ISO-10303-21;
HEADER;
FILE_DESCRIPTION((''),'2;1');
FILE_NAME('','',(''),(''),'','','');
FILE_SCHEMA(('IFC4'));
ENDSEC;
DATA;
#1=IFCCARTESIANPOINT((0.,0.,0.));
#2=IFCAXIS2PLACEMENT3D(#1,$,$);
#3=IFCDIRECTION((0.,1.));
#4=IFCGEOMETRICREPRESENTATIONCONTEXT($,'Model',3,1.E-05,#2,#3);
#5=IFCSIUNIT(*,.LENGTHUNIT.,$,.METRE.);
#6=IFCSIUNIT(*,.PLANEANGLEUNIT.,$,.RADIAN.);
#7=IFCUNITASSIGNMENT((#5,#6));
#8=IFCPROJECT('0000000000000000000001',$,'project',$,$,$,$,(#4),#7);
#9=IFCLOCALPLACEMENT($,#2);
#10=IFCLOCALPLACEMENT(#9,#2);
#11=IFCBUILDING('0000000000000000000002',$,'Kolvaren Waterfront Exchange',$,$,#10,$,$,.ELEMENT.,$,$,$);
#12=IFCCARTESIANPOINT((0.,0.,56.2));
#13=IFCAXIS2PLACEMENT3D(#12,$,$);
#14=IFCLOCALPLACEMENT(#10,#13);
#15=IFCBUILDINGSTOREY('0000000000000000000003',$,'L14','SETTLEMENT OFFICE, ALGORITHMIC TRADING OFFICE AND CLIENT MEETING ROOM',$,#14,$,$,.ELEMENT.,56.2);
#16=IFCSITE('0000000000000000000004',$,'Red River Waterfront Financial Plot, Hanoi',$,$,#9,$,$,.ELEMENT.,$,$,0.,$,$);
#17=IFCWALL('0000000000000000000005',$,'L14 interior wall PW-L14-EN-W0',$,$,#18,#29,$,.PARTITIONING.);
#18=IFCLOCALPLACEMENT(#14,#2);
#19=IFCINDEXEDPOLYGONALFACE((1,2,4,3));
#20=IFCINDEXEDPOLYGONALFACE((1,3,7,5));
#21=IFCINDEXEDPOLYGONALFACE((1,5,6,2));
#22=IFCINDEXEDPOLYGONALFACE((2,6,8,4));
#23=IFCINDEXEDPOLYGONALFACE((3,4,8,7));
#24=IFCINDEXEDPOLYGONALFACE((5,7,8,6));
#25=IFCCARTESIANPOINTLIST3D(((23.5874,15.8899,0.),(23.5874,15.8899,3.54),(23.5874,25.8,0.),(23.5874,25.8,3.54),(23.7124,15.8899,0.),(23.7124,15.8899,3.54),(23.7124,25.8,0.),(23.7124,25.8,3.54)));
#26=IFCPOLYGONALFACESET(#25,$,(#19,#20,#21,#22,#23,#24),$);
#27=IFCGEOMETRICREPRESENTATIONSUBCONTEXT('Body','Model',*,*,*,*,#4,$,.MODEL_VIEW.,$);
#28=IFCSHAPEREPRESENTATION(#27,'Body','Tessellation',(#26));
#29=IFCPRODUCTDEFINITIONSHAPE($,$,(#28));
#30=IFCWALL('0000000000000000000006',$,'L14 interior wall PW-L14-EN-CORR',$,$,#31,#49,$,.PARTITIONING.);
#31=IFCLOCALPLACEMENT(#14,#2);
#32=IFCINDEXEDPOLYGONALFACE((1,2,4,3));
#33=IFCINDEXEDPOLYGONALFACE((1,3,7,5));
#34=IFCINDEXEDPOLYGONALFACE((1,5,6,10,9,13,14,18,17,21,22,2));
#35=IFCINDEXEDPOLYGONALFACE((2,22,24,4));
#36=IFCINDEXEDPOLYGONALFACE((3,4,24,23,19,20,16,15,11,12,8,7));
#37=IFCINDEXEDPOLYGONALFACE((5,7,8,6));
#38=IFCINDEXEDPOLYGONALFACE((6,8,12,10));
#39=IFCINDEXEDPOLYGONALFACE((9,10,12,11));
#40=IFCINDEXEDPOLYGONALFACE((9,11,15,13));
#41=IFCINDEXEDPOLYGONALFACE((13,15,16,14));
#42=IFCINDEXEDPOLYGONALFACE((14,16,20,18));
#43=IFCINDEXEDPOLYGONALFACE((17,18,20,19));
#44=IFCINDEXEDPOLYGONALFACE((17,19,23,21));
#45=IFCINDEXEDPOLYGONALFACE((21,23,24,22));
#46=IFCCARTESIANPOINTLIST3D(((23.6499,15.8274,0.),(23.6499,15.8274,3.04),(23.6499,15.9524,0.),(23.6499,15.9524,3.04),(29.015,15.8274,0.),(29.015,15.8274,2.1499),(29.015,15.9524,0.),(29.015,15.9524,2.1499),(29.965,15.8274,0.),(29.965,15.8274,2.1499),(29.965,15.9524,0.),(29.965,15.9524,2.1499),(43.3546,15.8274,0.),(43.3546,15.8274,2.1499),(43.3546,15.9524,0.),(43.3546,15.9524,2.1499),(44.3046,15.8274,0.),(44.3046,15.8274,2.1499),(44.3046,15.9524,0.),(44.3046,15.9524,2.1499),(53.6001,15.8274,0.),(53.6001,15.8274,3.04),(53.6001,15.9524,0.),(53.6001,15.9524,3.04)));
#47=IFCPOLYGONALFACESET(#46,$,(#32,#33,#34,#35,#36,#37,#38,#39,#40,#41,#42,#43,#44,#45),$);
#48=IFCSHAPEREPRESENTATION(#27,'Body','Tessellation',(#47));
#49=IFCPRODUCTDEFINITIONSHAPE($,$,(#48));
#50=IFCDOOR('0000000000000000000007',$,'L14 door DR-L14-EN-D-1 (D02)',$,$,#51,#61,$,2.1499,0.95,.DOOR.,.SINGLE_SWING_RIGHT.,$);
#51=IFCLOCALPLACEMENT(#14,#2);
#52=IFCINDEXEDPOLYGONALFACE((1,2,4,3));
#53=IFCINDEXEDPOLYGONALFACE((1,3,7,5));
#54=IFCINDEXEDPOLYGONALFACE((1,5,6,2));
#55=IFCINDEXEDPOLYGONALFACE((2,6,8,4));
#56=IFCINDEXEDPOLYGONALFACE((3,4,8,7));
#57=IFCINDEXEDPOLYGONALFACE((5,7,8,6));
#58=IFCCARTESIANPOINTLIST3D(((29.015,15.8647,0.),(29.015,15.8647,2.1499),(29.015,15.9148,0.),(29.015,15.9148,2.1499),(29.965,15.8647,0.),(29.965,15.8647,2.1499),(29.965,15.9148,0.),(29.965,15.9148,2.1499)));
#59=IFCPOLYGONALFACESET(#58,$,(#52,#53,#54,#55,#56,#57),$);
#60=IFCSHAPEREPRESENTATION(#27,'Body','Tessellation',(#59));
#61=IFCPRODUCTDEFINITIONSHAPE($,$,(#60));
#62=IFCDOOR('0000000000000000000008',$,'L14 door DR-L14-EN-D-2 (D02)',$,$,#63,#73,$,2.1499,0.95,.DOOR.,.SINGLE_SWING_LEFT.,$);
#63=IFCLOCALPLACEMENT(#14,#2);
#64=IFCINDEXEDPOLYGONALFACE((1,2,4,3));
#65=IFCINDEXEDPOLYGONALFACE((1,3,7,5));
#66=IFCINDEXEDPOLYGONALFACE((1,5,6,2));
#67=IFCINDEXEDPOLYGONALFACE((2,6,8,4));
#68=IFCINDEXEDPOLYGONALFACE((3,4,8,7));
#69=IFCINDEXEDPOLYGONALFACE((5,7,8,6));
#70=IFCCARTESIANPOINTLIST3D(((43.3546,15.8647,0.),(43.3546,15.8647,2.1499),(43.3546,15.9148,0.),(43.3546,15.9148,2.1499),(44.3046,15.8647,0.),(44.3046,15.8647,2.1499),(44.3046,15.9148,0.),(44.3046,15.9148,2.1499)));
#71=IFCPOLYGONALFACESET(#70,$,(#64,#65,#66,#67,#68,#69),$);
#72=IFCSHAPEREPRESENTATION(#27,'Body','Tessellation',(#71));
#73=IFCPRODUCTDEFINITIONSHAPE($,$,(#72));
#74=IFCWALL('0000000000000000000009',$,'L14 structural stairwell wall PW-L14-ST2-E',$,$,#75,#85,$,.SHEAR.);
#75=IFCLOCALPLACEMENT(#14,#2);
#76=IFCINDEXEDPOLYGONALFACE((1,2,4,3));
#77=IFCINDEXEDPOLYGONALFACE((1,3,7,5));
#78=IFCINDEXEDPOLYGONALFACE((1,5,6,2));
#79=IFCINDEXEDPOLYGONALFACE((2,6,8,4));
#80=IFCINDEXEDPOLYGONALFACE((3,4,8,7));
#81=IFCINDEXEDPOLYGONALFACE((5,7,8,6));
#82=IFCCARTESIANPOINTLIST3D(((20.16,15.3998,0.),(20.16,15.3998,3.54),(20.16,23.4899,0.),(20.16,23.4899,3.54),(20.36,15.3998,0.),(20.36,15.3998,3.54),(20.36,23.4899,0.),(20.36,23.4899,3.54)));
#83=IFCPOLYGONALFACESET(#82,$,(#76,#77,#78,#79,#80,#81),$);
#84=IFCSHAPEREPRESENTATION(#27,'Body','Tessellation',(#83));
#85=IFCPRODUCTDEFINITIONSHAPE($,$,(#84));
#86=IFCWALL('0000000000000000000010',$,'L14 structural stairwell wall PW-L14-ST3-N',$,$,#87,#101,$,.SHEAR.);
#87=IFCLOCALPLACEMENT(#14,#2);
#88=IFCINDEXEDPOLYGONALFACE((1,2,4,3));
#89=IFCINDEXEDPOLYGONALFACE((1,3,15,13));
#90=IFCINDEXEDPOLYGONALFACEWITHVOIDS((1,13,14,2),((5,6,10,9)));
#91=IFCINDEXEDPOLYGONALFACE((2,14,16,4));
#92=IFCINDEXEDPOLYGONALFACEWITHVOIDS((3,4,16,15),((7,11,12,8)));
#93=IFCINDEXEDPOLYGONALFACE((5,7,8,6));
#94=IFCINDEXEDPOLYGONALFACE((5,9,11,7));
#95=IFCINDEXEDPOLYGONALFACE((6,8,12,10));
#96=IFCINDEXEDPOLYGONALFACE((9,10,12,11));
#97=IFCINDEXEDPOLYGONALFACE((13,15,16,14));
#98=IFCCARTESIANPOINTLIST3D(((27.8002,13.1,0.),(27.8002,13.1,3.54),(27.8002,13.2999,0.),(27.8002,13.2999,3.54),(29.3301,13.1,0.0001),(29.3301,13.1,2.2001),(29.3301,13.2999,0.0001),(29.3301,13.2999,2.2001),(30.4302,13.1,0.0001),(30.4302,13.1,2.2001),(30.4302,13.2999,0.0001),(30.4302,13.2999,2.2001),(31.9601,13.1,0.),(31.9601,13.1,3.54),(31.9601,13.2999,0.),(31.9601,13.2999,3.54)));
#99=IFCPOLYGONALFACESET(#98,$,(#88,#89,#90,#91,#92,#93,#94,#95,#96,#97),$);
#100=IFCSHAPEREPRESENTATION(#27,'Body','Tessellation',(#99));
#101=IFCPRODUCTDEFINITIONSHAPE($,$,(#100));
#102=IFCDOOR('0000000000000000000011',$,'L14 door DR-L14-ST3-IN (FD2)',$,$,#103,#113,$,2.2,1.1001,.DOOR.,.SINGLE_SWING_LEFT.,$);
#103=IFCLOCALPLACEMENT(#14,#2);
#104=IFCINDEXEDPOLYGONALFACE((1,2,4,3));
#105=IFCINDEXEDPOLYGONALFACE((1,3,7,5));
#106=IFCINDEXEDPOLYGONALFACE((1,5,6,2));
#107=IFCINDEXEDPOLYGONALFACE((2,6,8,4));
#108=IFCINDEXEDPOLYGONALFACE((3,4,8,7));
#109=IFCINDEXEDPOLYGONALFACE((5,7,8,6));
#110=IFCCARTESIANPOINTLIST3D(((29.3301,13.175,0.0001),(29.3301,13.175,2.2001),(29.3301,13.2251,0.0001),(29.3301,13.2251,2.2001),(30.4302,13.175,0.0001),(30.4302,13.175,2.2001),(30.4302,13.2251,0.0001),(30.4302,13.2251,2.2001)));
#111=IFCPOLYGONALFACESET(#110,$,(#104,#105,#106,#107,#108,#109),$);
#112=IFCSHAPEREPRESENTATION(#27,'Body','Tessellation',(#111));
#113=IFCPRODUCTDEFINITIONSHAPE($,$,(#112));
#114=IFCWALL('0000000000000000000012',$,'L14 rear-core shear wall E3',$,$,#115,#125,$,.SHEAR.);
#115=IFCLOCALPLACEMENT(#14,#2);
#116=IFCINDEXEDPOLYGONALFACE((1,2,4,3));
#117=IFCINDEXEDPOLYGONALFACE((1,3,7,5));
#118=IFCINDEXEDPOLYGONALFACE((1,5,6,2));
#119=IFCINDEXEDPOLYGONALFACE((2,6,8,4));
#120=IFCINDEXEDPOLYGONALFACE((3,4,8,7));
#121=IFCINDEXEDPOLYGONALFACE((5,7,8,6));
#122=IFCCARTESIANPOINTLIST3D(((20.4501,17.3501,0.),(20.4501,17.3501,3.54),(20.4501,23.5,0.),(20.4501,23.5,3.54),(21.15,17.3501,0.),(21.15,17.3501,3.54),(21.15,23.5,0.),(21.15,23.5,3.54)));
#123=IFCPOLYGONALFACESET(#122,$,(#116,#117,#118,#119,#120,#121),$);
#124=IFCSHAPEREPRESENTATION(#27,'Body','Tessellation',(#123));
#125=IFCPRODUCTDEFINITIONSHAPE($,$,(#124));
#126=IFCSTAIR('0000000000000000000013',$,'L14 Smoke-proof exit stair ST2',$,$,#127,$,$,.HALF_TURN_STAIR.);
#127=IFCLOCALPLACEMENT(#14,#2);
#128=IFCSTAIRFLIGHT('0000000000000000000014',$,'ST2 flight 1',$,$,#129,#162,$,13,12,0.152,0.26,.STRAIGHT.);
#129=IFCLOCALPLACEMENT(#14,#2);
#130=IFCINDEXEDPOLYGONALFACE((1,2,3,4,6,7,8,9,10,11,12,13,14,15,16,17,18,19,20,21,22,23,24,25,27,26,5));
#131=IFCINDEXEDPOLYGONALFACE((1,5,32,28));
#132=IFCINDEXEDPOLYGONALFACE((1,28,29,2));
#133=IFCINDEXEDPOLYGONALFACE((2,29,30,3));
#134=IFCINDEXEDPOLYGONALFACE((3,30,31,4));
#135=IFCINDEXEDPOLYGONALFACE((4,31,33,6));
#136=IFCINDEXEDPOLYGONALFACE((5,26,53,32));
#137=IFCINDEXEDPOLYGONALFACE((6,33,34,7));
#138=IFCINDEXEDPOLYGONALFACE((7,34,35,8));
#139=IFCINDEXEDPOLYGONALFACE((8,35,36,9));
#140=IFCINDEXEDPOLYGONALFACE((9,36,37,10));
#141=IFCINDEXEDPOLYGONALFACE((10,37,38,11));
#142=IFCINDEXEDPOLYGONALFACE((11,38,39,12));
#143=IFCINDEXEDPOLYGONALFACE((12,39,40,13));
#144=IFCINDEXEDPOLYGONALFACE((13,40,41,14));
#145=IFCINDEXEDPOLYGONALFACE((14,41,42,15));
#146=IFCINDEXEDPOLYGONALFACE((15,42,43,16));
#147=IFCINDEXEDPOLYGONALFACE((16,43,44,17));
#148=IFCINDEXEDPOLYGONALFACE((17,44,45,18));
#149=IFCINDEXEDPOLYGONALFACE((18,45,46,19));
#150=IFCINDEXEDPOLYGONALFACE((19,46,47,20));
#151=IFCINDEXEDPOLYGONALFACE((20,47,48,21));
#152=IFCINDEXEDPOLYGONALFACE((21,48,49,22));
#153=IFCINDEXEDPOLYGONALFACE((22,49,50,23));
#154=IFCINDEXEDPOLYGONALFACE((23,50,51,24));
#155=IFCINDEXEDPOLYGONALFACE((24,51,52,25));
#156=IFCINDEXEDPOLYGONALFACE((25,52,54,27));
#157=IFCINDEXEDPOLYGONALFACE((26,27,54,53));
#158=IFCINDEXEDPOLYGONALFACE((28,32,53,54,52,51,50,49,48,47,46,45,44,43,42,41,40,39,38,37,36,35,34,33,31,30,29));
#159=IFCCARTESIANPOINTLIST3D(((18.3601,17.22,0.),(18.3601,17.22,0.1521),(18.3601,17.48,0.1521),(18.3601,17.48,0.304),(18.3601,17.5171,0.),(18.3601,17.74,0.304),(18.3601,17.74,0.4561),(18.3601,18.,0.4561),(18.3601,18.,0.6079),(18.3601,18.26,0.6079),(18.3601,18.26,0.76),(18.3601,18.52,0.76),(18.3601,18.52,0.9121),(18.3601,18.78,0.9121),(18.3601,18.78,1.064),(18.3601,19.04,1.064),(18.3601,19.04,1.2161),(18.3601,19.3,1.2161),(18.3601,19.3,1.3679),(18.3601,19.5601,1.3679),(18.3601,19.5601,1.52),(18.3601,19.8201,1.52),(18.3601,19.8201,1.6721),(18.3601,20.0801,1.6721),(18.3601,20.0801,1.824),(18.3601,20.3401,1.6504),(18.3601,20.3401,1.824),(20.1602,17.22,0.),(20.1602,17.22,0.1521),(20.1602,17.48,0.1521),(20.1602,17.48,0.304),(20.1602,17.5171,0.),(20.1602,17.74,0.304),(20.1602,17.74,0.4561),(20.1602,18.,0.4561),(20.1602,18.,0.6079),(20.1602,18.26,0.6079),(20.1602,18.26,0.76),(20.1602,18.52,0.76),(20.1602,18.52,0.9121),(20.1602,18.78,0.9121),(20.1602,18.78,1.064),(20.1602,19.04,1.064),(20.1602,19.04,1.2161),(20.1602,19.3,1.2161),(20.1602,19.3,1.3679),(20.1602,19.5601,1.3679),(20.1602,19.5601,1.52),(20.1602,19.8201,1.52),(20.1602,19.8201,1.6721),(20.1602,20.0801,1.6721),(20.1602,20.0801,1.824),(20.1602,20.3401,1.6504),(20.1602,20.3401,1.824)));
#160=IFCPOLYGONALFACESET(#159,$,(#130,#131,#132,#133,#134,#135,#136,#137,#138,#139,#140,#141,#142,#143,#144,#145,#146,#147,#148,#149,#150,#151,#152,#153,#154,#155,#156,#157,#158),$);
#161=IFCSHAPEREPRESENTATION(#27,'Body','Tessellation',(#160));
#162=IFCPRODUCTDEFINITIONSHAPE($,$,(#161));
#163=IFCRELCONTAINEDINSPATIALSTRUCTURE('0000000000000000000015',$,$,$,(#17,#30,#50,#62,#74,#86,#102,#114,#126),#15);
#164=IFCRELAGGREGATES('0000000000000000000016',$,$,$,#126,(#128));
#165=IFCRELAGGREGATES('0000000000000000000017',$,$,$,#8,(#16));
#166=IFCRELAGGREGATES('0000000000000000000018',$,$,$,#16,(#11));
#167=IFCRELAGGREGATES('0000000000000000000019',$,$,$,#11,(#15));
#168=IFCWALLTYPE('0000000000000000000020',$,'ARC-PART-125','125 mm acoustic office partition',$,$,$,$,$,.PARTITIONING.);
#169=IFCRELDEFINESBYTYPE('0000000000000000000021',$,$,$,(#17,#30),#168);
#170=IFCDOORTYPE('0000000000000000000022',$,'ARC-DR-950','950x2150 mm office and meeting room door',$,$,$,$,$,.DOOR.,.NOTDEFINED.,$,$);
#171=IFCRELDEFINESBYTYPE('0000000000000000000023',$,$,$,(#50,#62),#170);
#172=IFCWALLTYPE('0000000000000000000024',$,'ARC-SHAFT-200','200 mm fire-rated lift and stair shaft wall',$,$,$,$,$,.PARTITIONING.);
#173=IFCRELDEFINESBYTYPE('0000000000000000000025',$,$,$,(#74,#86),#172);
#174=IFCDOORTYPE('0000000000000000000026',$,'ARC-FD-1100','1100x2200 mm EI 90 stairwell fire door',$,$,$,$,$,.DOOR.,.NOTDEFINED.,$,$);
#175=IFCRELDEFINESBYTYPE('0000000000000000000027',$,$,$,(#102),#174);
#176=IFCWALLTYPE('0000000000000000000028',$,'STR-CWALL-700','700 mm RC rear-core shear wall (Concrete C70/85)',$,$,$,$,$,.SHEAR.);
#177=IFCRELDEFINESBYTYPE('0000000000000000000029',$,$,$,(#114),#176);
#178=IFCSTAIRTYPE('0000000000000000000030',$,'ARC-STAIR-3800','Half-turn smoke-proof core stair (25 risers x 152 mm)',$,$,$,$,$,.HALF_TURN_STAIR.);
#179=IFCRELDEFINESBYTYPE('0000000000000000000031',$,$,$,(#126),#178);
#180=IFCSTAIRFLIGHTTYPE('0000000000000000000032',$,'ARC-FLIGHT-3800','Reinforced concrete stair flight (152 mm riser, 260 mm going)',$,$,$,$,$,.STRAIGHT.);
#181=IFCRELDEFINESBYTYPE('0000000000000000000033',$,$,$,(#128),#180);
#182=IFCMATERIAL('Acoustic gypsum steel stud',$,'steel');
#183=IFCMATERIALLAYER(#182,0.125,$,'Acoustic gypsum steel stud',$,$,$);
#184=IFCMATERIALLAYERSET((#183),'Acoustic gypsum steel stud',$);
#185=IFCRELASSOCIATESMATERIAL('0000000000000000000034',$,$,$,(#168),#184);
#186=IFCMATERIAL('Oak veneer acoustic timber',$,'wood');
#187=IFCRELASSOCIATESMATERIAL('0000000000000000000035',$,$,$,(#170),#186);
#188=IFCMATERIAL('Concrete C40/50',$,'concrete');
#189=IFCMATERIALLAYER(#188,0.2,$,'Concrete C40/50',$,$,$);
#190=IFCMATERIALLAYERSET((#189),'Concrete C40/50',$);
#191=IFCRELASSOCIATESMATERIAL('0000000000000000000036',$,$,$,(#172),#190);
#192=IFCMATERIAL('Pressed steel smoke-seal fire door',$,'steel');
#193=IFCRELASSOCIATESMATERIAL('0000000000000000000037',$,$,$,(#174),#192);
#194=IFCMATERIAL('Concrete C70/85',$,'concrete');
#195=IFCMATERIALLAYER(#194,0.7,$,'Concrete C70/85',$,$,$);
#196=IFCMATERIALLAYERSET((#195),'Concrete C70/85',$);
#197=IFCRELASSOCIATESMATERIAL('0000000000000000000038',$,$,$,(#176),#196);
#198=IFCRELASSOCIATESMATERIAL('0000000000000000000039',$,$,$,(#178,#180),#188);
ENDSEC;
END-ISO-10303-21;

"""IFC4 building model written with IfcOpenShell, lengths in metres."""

from ifc_helpers import new_model, si_unit, direction, frame, frame_2d, origin, place, context, subcontext, project, spatial, polyline, rectangle, outline, extrude, material, layer, layer_set, type_object, element, fill, aggregate, save


model = new_model("IFC4")

# Units and contexts
model_context = context("Model", 3, precision=1e-05, world=origin(), true_north=direction((0.0, 1.0)))
body_context = subcontext(model_context, "Body", "Model", "MODEL_VIEW")
ifc_project = project(units=[si_unit("LENGTHUNIT", "METRE"), si_unit("PLANEANGLEUNIT", "RADIAN")], contexts=[model_context])

# Site, building, storey
site_placement = place(None, origin())
site = spatial("IfcSite", under=ifc_project, at=site_placement, Name="Red River Waterfront Financial Plot, Hanoi", CompositionType="ELEMENT", RefElevation=0.0)
building_placement = place(site_placement, origin())
building = spatial("IfcBuilding", under=site, at=building_placement, Name="Kolvaren Waterfront Exchange", CompositionType="ELEMENT")
storey_placement = place(building_placement, frame((0.0, 0.0, 56.2)))
storey = spatial("IfcBuildingStorey", under=building, at=storey_placement, Name="L14", Description="SETTLEMENT OFFICE, ALGORITHMIC TRADING OFFICE AND CLIENT MEETING ROOM", CompositionType="ELEMENT", Elevation=56.2)

# Shared definitions
ifc_material_1 = material(Name="Concrete C70/85", Category="concrete")

# Shared definitions
ifc_material_2 = material(Name="Acoustic gypsum steel stud", Category="steel")
ifc_layer_1 = layer(ifc_material_2, 0.125, Name="Acoustic gypsum steel stud")
ifc_layer_set_1 = layer_set([ifc_layer_1], Name="Acoustic gypsum steel stud")
wall_type_1 = type_object("IfcWallType", Name="ARC-PART-125", Description="125 mm acoustic office partition", PredefinedType="PARTITIONING", material=ifc_layer_set_1)
ifc_material_3 = material(Name="Oak veneer acoustic timber", Category="wood")
door_type_1 = type_object("IfcDoorType", Name="ARC-DR-950", Description="950x2150 mm office and meeting room door", OperationType="NOTDEFINED", PredefinedType="DOOR", material=ifc_material_3)

# Wall
wall_1_placement = place(storey_placement, frame((23.6499, 15.8899, 0.0), z_axis=(0.0, 0.0, 1.0), x_axis=(0.0, 1.0, 0.0)))
element("IfcWall", 1, at=wall_1_placement, inside=storey, type_object=wall_type_1, Name="L14 interior wall PW-L14-EN-W0", PredefinedType="PARTITIONING", context=body_context, shape_type="SweptSolid", body=[
    extrude(rectangle(XDim=9.9102, YDim=0.125, at=frame_2d((4.9551, 0.0))), origin(), (0.0, 0.0, 1.0), 3.54),
])

# Wall, openings, doors
wall_2_placement = place(storey_placement, frame((23.6499, 15.8899, 0.0), z_axis=(0.0, 0.0, 1.0), x_axis=(1.0, 0.0, 0.0)))
wall_2 = element("IfcWall", 2, at=wall_2_placement, inside=storey, type_object=wall_type_1, Name="L14 interior wall PW-L14-EN-CORR", PredefinedType="PARTITIONING", context=body_context, shape_type="SweptSolid", body=[
    extrude(rectangle(XDim=29.9502, YDim=0.125, at=frame_2d((14.9751, 0.0))), origin(), (0.0, 0.0, 1.0), 3.04),
])
opening_1_placement = place(wall_2_placement, frame((5.365, 0.0, 0.0)))
opening_1 = element("IfcOpeningElement", 3, at=opening_1_placement, cuts=wall_2, PredefinedType="OPENING", context=body_context, shape_type="SweptSolid", body=[
    extrude(rectangle(XDim=0.95, YDim=2.1499, at=frame_2d((0.4751, 1.075))), frame((0.0, 0.0725, 0.0), z_axis=(0.0, -1.0, 0.0), x_axis=(1.0, 0.0, 0.0)), (0.0, 0.0, 1.0), 0.145),
])
opening_2_placement = place(wall_2_placement, frame((19.7046, 0.0, 0.0)))
opening_2 = element("IfcOpeningElement", 4, at=opening_2_placement, cuts=wall_2, PredefinedType="OPENING", context=body_context, shape_type="SweptSolid", body=[
    extrude(rectangle(XDim=0.95, YDim=2.1499, at=frame_2d((0.4751, 1.075))), frame((0.0, 0.0725, 0.0), z_axis=(0.0, -1.0, 0.0), x_axis=(1.0, 0.0, 0.0)), (0.0, 0.0, 1.0), 0.145),
])
door_1_placement = place(opening_1_placement, origin())
door_1 = element("IfcDoor", 5, at=door_1_placement, inside=storey, type_object=door_type_1, Name="L14 door DR-L14-EN-D-1 (D02)", OperationType="SINGLE_SWING_RIGHT", OverallHeight=2.1499, OverallWidth=0.95, PredefinedType="DOOR", context=body_context, shape_type="SweptSolid", body=[
    extrude(rectangle(XDim=0.95, YDim=2.1499, at=frame_2d((0.4751, 1.075))), frame((0.0, 0.0249, 0.0), z_axis=(0.0, -1.0, 0.0), x_axis=(1.0, 0.0, 0.0)), (0.0, 0.0, 1.0), 0.05),
])
fill(opening_1, door_1)
door_2_placement = place(opening_2_placement, origin())
door_2 = element("IfcDoor", 6, at=door_2_placement, inside=storey, type_object=door_type_1, Name="L14 door DR-L14-EN-D-2 (D02)", OperationType="SINGLE_SWING_LEFT", OverallHeight=2.1499, OverallWidth=0.95, PredefinedType="DOOR", context=body_context, shape_type="SweptSolid", body=[
    extrude(rectangle(XDim=0.95, YDim=2.1499, at=frame_2d((0.4751, 1.075))), frame((0.0, 0.0249, 0.0), z_axis=(0.0, -1.0, 0.0), x_axis=(1.0, 0.0, 0.0)), (0.0, 0.0, 1.0), 0.05),
])
fill(opening_2, door_2)

# Wall
ifc_material_4 = material(Name="Concrete C40/50", Category="concrete")
ifc_layer_2 = layer(ifc_material_4, 0.2, Name="Concrete C40/50")
ifc_layer_set_2 = layer_set([ifc_layer_2], Name="Concrete C40/50")
wall_type_2 = type_object("IfcWallType", Name="ARC-SHAFT-200", Description="200 mm fire-rated lift and stair shaft wall", PredefinedType="PARTITIONING", material=ifc_layer_set_2)
wall_3_placement = place(storey_placement, frame((20.26, 15.3999, 0.0), z_axis=(0.0, 0.0, 1.0), x_axis=(0.0, 1.0, 0.0)))
element("IfcWall", 7, at=wall_3_placement, inside=storey, type_object=wall_type_2, Name="L14 structural stairwell wall PW-L14-ST2-E", PredefinedType="SHEAR", context=body_context, shape_type="SweptSolid", body=[
    extrude(rectangle(XDim=8.0901, YDim=0.2, at=frame_2d((4.0449, 0.0))), origin(), (0.0, 0.0, 1.0), 3.54),
])

# Wall, opening, door
wall_4_placement = place(storey_placement, frame((27.8, 13.2, 0.0), z_axis=(0.0, 0.0, 1.0), x_axis=(1.0, 0.0, 0.0)))
wall_4 = element("IfcWall", 8, at=wall_4_placement, inside=storey, type_object=wall_type_2, Name="L14 structural stairwell wall PW-L14-ST3-N", PredefinedType="SHEAR", context=body_context, shape_type="SweptSolid", body=[
    extrude(rectangle(XDim=4.1599, YDim=0.2, at=frame_2d((2.0801, 0.0))), origin(), (0.0, 0.0, 1.0), 3.54),
])
opening_3_placement = place(wall_4_placement, frame((1.53, 0.0, 0.0)))
opening_3 = element("IfcOpeningElement", 9, at=opening_3_placement, cuts=wall_4, PredefinedType="OPENING", context=body_context, shape_type="SweptSolid", body=[
    extrude(rectangle(XDim=1.1001, YDim=2.2, at=frame_2d((0.55, 1.1001))), frame((0.0, 0.1099, 0.0), z_axis=(0.0, -1.0, 0.0), x_axis=(1.0, 0.0, 0.0)), (0.0, 0.0, 1.0), 0.22),
])
ifc_material_5 = material(Name="Pressed steel smoke-seal fire door", Category="steel")
door_type_2 = type_object("IfcDoorType", Name="ARC-FD-1100", Description="1100x2200 mm EI 90 stairwell fire door", OperationType="NOTDEFINED", PredefinedType="DOOR", material=ifc_material_5)
door_3_placement = place(opening_3_placement, frame((1.1001, 0.0, 0.0), z_axis=(0.0, 0.0, 1.0), x_axis=(-1.0, 0.0, 0.0)))
door_3 = element("IfcDoor", 10, at=door_3_placement, inside=storey, type_object=door_type_2, Name="L14 door DR-L14-ST3-IN (FD2)", OperationType="SINGLE_SWING_LEFT", OverallHeight=2.2, OverallWidth=1.1001, PredefinedType="DOOR", context=body_context, shape_type="SweptSolid", body=[
    extrude(rectangle(XDim=1.1001, YDim=2.2, at=frame_2d((0.55, 1.1001))), frame((0.0, 0.0249, 0.0), z_axis=(0.0, -1.0, 0.0), x_axis=(1.0, 0.0, 0.0)), (0.0, 0.0, 1.0), 0.05),
])
fill(opening_3, door_3)

# Wall
ifc_layer_3 = layer(ifc_material_1, 0.7, Name="Concrete C70/85")
ifc_layer_set_3 = layer_set([ifc_layer_3], Name="Concrete C70/85")
wall_type_3 = type_object("IfcWallType", Name="STR-CWALL-700", Description="700 mm RC rear-core shear wall (Concrete C70/85)", PredefinedType="SHEAR", material=ifc_layer_set_3)
wall_5_placement = place(storey_placement, frame((20.8, 17.3501, 0.0), z_axis=(0.0, 0.0, 1.0), x_axis=(0.0, 1.0, 0.0)))
element("IfcWall", 11, at=wall_5_placement, inside=storey, type_object=wall_type_3, Name="L14 rear-core shear wall E3", PredefinedType="SHEAR", context=body_context, shape_type="SweptSolid", body=[
    extrude(rectangle(XDim=6.1499, YDim=0.7, at=frame_2d((3.075, 0.0))), origin(), (0.0, 0.0, 1.0), 3.54),
])

# Stair, stair flight
stair_type = type_object("IfcStairType", Name="ARC-STAIR-3800", Description="Half-turn smoke-proof core stair (25 risers x 152 mm)", PredefinedType="HALF_TURN_STAIR", material=ifc_material_4)
stair_placement = place(storey_placement, origin())
stair = element("IfcStair", 12, at=stair_placement, inside=storey, type_object=stair_type, Name="L14 Smoke-proof exit stair ST2", PredefinedType="HALF_TURN_STAIR")
stair_flight_type = type_object("IfcStairFlightType", Name="ARC-FLIGHT-3800", Description="Reinforced concrete stair flight (152 mm riser, 260 mm going)", PredefinedType="STRAIGHT", material=ifc_material_4)
stair_flight_placement = place(storey_placement, frame((19.26, 17.22, 0.0), z_axis=(0.0, 0.0, 1.0), x_axis=(0.0, 1.0, 0.0)))
stair_flight = element("IfcStairFlight", 13, at=stair_flight_placement, type_object=stair_flight_type, Name="ST2 flight 1", NumberOfRisers=13, NumberOfTreads=12, PredefinedType="STRAIGHT", RiserHeight=0.152, TreadLength=0.26, context=body_context, shape_type="SweptSolid", body=[
    extrude(outline(polyline([(0.0, 0.0), (0.0, 0.1521), (0.26, 0.1521), (0.26, 0.304), (0.52, 0.304), (0.52, 0.4561), (0.78, 0.4561), (0.78, 0.6079), (1.04, 0.6079), (1.04, 0.76), (1.3, 0.76), (1.3, 0.9121), (1.5601, 0.9121), (1.5601, 1.064), (1.8201, 1.064), (1.8201, 1.2161), (2.0801, 1.2161), (2.0801, 1.3679), (2.3401, 1.3679), (2.3401, 1.52), (2.6001, 1.52), (2.6001, 1.6721), (2.8601, 1.6721), (2.8601, 1.824), (3.1201, 1.824), (3.1201, 1.9761), (3.1201, 1.6504), (0.2971, 0.0), (0.0, 0.0)])), frame((0.0, 0.8999, 0.0), z_axis=(0.0, -1.0, 0.0), x_axis=(1.0, 0.0, 0.0)), (0.0, 0.0, 1.0), 1.8),
])
aggregate(stair, [stair_flight])

save(model, "model.ifc")
